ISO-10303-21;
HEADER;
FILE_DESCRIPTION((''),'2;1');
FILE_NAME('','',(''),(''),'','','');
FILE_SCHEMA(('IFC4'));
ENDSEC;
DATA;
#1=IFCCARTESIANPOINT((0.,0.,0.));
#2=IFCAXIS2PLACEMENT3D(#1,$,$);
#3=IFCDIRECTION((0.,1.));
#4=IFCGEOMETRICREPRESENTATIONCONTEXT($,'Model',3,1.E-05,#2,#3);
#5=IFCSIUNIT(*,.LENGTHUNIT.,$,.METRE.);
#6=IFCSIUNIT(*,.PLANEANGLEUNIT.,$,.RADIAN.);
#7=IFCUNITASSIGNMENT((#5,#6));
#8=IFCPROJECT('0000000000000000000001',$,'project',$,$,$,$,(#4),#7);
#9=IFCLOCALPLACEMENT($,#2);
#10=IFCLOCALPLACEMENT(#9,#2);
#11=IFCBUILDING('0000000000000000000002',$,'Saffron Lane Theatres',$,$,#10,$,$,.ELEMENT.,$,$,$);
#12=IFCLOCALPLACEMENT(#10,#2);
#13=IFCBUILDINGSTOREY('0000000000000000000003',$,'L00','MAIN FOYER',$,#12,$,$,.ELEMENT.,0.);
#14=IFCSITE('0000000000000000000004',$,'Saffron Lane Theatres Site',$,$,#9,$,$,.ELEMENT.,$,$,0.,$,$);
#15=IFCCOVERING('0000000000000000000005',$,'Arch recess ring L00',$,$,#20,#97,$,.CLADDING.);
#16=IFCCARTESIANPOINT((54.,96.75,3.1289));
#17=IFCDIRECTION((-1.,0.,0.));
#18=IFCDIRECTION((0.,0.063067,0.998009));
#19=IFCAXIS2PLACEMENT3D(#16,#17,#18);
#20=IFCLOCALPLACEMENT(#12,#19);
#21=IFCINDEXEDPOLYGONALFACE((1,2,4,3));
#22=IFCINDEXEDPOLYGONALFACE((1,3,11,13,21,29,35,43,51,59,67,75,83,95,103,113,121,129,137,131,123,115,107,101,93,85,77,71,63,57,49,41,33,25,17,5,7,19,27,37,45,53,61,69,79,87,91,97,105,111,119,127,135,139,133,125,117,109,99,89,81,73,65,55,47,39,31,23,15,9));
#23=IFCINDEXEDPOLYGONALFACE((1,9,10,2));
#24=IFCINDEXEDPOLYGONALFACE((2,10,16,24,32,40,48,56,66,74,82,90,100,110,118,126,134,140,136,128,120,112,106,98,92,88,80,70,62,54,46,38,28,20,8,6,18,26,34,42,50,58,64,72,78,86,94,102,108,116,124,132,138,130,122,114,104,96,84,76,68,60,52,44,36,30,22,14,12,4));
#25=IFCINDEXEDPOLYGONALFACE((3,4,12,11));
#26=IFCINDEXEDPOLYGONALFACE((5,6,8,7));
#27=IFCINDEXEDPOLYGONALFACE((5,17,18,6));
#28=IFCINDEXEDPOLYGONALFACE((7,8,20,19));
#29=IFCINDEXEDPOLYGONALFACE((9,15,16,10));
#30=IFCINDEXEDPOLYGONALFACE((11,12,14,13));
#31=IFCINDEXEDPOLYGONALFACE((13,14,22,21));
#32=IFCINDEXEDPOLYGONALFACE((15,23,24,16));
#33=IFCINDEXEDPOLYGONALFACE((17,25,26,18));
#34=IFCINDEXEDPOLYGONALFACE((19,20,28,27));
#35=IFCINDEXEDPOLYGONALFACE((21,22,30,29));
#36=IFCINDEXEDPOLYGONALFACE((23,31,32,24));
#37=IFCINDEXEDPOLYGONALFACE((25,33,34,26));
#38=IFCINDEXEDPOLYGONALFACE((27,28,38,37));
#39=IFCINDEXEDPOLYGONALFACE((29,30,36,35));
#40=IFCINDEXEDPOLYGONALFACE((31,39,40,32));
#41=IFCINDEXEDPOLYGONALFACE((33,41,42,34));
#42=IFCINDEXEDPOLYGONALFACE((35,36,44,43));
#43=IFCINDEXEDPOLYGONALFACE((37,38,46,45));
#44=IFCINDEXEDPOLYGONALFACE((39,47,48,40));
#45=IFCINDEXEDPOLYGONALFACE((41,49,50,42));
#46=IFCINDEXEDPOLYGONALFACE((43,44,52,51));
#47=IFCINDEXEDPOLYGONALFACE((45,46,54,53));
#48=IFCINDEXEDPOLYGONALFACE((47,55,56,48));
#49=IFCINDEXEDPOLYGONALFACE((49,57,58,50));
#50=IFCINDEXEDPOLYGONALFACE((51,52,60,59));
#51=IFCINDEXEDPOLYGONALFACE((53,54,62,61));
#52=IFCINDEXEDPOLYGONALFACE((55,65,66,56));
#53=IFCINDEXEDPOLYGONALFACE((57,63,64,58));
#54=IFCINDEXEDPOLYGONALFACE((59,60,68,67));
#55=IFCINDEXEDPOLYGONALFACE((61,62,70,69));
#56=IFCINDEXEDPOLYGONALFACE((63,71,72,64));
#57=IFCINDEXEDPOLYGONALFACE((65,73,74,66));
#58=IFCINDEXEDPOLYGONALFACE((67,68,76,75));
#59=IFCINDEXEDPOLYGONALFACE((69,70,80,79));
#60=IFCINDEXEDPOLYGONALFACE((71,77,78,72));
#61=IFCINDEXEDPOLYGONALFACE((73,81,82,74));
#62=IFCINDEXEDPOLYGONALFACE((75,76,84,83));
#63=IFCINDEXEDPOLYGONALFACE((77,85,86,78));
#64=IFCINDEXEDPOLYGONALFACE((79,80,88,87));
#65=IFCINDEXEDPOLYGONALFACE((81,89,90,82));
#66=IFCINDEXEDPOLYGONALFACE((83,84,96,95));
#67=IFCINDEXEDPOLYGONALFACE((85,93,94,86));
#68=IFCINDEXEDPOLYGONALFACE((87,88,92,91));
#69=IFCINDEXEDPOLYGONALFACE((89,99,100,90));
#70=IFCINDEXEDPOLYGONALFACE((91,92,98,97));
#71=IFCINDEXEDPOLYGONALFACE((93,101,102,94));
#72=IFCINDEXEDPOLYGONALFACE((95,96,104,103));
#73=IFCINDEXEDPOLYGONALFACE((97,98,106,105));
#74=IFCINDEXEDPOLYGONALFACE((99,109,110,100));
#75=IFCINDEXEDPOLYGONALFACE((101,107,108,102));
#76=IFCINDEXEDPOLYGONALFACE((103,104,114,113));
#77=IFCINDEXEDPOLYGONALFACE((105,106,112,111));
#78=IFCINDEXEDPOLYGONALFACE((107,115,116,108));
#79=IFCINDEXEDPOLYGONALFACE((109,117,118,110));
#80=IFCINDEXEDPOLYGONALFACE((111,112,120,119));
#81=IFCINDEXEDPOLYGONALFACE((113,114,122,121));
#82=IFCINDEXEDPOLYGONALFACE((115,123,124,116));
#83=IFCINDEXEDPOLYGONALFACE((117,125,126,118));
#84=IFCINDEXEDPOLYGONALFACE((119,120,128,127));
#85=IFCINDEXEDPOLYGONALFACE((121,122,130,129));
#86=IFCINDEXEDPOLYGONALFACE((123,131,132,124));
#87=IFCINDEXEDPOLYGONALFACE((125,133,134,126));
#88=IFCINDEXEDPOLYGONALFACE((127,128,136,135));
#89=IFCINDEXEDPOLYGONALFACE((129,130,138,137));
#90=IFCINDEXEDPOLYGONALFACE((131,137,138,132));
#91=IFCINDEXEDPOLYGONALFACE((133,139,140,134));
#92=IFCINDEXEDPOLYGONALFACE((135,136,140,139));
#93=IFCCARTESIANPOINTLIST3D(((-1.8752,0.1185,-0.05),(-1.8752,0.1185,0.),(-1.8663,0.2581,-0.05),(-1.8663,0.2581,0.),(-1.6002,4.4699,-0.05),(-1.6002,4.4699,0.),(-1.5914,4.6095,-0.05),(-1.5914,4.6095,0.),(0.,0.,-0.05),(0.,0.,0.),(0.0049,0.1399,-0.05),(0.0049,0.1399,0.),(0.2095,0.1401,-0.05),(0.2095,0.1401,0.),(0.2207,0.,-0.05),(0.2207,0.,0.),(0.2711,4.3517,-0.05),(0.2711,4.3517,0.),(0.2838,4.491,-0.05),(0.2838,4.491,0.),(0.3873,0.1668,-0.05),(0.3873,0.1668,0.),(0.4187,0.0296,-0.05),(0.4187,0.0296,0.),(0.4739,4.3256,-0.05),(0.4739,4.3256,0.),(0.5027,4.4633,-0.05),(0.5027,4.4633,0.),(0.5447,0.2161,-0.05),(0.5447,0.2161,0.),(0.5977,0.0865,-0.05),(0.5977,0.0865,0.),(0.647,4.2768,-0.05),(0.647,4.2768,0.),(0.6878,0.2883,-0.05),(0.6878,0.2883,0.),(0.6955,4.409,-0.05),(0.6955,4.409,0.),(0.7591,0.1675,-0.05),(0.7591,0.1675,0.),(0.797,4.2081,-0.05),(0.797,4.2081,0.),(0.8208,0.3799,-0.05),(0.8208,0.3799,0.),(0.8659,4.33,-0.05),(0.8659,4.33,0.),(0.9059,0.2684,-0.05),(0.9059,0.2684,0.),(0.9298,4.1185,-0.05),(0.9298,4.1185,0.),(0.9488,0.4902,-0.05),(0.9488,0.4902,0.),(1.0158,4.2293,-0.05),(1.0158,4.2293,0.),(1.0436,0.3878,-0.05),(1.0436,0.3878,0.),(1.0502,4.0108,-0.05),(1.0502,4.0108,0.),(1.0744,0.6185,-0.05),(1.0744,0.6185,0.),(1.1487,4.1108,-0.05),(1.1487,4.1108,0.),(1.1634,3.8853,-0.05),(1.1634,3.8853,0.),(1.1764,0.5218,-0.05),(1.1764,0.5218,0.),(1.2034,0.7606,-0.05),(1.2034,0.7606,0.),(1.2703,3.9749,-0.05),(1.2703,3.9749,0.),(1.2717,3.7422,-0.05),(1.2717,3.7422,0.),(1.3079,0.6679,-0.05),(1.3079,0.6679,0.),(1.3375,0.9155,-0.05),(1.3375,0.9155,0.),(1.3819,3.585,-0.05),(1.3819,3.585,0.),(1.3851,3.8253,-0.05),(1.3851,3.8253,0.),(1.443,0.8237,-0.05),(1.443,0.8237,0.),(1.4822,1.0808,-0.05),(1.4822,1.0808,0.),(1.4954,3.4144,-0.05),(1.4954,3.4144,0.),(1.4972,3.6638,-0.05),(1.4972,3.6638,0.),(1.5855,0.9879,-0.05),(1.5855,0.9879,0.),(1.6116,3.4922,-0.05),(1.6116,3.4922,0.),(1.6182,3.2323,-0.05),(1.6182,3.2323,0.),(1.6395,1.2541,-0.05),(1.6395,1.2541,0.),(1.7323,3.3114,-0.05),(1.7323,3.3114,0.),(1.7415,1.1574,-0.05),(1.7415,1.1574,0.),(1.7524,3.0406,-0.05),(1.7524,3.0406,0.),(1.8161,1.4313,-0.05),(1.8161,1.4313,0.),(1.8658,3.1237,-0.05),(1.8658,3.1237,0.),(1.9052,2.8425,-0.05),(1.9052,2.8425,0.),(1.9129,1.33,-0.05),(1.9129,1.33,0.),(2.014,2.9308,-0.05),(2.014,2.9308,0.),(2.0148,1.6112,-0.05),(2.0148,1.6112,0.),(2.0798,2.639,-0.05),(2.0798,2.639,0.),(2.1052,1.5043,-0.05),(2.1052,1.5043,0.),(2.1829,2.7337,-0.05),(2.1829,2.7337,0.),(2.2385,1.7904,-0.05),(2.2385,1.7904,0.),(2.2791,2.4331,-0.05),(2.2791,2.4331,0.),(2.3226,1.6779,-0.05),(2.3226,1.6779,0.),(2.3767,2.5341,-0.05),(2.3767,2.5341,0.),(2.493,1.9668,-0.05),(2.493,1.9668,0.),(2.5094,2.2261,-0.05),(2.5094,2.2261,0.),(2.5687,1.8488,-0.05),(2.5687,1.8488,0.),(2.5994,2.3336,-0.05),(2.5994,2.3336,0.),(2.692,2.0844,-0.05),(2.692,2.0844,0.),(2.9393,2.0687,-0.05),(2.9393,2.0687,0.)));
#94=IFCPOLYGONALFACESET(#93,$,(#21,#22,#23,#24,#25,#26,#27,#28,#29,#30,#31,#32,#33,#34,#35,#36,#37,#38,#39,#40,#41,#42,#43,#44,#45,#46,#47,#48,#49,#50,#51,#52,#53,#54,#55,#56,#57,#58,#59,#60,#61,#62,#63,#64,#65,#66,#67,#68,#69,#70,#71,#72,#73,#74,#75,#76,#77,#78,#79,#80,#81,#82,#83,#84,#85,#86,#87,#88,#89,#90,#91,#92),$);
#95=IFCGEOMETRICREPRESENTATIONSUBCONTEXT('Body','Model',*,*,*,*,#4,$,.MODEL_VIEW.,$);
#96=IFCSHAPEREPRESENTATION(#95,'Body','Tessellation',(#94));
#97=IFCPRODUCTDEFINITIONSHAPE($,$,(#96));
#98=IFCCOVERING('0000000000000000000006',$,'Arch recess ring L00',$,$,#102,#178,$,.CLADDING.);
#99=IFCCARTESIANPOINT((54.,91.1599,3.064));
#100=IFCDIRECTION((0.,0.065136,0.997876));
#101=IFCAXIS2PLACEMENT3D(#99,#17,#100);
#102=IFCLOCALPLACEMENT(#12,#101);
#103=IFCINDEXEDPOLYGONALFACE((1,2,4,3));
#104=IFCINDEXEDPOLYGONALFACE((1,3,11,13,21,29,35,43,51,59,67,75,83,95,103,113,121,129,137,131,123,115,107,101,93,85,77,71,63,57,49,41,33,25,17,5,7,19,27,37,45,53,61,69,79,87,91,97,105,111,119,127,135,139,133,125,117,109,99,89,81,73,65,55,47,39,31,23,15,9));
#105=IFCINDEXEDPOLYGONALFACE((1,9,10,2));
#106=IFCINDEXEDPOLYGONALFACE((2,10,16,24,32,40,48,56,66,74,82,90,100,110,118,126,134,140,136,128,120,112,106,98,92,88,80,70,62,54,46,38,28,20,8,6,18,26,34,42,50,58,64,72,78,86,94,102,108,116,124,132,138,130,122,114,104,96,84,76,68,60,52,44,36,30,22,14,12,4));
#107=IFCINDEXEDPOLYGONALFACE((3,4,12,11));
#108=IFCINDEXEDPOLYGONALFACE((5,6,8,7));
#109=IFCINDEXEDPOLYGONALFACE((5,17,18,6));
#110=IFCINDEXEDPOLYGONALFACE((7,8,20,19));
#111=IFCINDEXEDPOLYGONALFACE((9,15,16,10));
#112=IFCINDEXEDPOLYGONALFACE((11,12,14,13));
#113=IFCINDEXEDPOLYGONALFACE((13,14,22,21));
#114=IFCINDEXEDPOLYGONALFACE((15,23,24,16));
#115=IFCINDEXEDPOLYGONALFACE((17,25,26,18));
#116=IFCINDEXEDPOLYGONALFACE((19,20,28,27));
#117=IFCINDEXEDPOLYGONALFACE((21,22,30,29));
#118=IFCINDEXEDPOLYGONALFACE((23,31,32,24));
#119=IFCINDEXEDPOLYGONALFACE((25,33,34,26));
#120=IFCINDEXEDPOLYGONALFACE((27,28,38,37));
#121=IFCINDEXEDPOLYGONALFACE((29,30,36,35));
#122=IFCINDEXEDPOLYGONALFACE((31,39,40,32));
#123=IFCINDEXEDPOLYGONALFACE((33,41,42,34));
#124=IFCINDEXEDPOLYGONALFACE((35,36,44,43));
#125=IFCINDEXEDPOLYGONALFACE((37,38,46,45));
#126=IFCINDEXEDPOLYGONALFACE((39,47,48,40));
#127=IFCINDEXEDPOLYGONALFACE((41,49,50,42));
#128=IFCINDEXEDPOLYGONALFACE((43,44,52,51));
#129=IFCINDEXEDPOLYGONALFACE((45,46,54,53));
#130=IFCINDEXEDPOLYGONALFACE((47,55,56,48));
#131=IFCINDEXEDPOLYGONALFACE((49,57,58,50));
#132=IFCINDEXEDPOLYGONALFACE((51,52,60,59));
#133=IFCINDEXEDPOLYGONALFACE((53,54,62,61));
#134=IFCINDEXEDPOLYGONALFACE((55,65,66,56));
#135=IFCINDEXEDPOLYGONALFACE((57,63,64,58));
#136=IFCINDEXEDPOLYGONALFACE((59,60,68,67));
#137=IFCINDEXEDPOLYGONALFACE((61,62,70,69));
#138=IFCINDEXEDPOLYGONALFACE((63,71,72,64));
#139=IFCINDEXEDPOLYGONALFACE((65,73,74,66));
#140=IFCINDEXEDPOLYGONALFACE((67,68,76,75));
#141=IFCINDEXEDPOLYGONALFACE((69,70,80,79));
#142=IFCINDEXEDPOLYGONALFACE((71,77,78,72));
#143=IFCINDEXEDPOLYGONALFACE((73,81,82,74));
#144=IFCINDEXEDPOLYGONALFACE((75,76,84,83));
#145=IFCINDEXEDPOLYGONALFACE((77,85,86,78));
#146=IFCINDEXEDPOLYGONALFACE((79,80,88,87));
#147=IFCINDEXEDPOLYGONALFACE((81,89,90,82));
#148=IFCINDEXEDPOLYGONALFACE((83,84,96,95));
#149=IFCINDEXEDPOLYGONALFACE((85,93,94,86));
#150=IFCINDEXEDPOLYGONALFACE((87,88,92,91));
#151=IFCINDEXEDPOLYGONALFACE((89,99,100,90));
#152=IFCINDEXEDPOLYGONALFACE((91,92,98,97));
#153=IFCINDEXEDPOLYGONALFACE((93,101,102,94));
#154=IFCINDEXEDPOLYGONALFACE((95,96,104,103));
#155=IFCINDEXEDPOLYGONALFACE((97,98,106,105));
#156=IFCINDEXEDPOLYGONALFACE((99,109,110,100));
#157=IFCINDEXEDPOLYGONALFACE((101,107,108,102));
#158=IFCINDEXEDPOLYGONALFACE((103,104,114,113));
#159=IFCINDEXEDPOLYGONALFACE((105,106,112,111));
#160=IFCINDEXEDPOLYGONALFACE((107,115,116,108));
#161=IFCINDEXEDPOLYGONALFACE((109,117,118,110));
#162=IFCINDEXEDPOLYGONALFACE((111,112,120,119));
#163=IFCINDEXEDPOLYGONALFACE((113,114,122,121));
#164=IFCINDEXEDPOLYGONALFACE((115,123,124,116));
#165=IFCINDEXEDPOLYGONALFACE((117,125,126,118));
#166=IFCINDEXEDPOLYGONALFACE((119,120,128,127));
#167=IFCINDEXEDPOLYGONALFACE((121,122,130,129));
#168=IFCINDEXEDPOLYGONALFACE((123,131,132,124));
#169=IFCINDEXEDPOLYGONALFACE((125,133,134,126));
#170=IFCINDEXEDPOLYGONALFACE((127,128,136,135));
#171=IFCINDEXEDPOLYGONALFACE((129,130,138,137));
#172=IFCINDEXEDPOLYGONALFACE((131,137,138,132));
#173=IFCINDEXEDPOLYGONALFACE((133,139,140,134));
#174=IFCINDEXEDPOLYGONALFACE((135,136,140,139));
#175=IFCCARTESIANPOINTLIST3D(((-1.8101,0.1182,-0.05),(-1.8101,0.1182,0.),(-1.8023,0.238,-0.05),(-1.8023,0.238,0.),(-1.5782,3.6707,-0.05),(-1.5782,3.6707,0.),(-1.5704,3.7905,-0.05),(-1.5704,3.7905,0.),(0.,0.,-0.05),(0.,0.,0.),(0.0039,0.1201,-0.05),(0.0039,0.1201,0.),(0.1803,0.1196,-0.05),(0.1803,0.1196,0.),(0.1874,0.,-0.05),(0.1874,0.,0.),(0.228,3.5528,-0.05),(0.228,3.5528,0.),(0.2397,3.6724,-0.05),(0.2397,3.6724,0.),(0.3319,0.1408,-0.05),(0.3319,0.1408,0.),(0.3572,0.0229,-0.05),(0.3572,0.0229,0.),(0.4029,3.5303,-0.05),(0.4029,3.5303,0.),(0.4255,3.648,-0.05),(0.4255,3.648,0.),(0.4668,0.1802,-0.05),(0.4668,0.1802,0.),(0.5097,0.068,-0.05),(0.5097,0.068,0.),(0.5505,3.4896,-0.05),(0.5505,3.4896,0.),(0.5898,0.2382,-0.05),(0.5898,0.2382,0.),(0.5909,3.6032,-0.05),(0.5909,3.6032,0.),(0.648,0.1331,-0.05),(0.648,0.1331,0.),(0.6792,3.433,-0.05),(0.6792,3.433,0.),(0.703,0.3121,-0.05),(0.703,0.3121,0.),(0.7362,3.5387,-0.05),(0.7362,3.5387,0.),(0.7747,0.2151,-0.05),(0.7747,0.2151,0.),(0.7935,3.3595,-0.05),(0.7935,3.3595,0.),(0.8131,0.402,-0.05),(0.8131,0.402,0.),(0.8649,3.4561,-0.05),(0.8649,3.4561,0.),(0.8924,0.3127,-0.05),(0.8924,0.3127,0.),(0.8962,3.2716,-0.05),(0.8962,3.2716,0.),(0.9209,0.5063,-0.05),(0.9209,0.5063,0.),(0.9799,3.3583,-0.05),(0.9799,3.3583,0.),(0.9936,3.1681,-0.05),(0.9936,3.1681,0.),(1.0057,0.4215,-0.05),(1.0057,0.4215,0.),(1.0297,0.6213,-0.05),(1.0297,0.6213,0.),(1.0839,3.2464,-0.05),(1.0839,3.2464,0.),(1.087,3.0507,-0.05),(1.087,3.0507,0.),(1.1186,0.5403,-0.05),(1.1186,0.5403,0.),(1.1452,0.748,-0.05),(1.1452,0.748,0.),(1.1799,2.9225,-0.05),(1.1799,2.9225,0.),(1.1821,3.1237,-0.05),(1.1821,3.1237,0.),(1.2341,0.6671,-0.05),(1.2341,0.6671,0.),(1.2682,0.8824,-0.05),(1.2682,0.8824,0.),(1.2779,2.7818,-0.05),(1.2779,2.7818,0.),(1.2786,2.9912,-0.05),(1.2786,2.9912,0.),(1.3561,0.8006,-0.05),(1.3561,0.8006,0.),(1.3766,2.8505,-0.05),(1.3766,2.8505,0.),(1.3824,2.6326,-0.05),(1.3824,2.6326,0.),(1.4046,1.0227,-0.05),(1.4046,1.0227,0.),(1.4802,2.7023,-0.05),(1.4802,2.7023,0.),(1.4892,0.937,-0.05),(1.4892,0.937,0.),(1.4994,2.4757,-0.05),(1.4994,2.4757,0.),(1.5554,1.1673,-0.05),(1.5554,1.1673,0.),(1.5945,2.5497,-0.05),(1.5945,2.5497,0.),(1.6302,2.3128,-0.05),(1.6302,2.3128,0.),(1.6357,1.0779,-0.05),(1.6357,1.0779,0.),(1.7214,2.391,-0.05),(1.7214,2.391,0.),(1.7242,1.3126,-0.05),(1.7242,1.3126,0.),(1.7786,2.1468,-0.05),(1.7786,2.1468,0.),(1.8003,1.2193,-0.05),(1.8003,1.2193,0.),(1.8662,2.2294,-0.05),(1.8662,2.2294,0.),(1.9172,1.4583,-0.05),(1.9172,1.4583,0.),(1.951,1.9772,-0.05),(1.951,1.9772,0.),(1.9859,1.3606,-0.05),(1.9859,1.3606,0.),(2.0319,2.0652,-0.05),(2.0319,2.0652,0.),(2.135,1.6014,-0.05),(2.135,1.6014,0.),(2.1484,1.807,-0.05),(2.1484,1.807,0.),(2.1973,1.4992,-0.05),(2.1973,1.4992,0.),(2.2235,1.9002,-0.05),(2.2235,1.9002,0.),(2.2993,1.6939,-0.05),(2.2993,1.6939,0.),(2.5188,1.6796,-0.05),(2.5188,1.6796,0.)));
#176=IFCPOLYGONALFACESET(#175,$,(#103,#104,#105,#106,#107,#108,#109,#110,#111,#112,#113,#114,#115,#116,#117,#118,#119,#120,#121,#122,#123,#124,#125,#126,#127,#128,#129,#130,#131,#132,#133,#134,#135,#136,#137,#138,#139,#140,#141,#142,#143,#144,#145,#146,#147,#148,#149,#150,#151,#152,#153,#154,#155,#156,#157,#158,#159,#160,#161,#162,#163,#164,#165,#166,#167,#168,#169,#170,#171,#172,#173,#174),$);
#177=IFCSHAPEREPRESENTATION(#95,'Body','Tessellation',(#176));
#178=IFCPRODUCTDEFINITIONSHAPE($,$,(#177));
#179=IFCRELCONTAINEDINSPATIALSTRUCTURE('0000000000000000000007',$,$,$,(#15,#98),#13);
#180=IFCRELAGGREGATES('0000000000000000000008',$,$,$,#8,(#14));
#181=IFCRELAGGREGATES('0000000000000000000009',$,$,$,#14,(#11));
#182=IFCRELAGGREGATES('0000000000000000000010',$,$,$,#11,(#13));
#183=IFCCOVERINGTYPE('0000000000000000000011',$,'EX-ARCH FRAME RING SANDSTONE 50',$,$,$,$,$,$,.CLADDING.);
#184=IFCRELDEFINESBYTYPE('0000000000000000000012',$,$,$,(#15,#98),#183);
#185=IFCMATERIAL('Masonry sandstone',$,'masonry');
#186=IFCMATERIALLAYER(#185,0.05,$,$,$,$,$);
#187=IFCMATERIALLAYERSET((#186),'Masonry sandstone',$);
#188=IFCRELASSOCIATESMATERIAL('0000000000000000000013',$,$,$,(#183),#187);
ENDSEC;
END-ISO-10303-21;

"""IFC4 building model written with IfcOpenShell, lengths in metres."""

from ifc_helpers import new_model, si_unit, direction, frame, origin, place, context, subcontext, project, spatial, polyline, outline, extrude, material, layer, layer_set, type_object, element, save


model = new_model("IFC4")

# Units and contexts
model_context = context("Model", 3, precision=1e-05, world=origin(), true_north=direction((0.0, 1.0)))
body_context = subcontext(model_context, "Body", "Model", "MODEL_VIEW")
ifc_project = project(units=[si_unit("LENGTHUNIT", "METRE"), si_unit("PLANEANGLEUNIT", "RADIAN")], contexts=[model_context])

# Site, building, storey
site_placement = place(None, origin())
site = spatial("IfcSite", under=ifc_project, at=site_placement, Name="Saffron Lane Theatres Site", CompositionType="ELEMENT", RefElevation=0.0)
building_placement = place(site_placement, origin())
building = spatial("IfcBuilding", under=site, at=building_placement, Name="Saffron Lane Theatres", CompositionType="ELEMENT")
storey_placement = place(building_placement, origin())
storey = spatial("IfcBuildingStorey", under=building, at=storey_placement, Name="L00", Description="MAIN FOYER", CompositionType="ELEMENT", Elevation=0.0)

# Coverings
ifc_material_1 = material(Name="Masonry sandstone", Category="masonry")
ifc_layer_1 = layer(ifc_material_1, 0.05)
ifc_layer_set_1 = layer_set([ifc_layer_1], Name="Masonry sandstone")
covering_type_1 = type_object("IfcCoveringType", Name="EX-ARCH FRAME RING SANDSTONE 50", PredefinedType="CLADDING", material=ifc_layer_set_1)
covering_1_placement = place(storey_placement, frame((54.0, 96.75, 3.1289), z_axis=(-1.0, 0.0, 0.0), x_axis=(0.0, 0.063067, 0.998009)))
element("IfcCovering", 1, at=covering_1_placement, inside=storey, type_object=covering_type_1, Name="Arch recess ring L00", PredefinedType="CLADDING", context=body_context, shape_type="SweptSolid", body=[
    extrude(outline(polyline([(0.0, 0.0), (0.2207, 0.0), (0.4187, 0.0296), (0.5977, 0.0865), (0.7591, 0.1675), (0.9059, 0.2684), (1.0436, 0.3878), (1.1764, 0.5218), (1.3079, 0.6679), (1.443, 0.8237), (1.5855, 0.9879), (1.7415, 1.1574), (1.9129, 1.33), (2.1052, 1.5043), (2.3226, 1.6779), (2.5687, 1.8488), (2.9393, 2.0687), (2.5994, 2.3336), (2.3767, 2.5341), (2.1829, 2.7337), (2.014, 2.9308), (1.8658, 3.1237), (1.7323, 3.3114), (1.6116, 3.4922), (1.4972, 3.6638), (1.3851, 3.8253), (1.2703, 3.9749), (1.1487, 4.1108), (1.0158, 4.2293), (0.8659, 4.33), (0.6955, 4.409), (0.5027, 4.4633), (0.2838, 4.491), (-1.5914, 4.6095), (-1.6002, 4.4699), (0.2711, 4.3517), (0.4739, 4.3256), (0.647, 4.2768), (0.797, 4.2081), (0.9298, 4.1185), (1.0502, 4.0108), (1.1634, 3.8853), (1.2717, 3.7422), (1.3819, 3.585), (1.4954, 3.4144), (1.6182, 3.2323), (1.7524, 3.0406), (1.9052, 2.8425), (2.0798, 2.639), (2.2791, 2.4331), (2.5094, 2.2261), (2.692, 2.0844), (2.493, 1.9668), (2.2385, 1.7904), (2.0148, 1.6112), (1.8161, 1.4313), (1.6395, 1.2541), (1.4822, 1.0808), (1.3375, 0.9155), (1.2034, 0.7606), (1.0744, 0.6185), (0.9488, 0.4902), (0.8208, 0.3799), (0.6878, 0.2883), (0.5447, 0.2161), (0.3873, 0.1668), (0.2095, 0.1401), (0.0049, 0.1399), (-1.8663, 0.2581), (-1.8752, 0.1185), (0.0, 0.0)])), origin(), (0.0, 0.0, -1.0), 0.05),
])
covering_2_placement = place(storey_placement, frame((54.0, 91.1599, 3.064), z_axis=(-1.0, 0.0, 0.0), x_axis=(0.0, 0.065136, 0.997876)))
element("IfcCovering", 2, at=covering_2_placement, inside=storey, type_object=covering_type_1, Name="Arch recess ring L00", PredefinedType="CLADDING", context=body_context, shape_type="SweptSolid", body=[
    extrude(outline(polyline([(0.0, 0.0), (0.1874, 0.0), (0.3572, 0.0229), (0.5097, 0.068), (0.648, 0.1331), (0.7747, 0.2151), (0.8924, 0.3127), (1.0057, 0.4215), (1.1186, 0.5403), (1.2341, 0.6671), (1.3561, 0.8006), (1.4892, 0.937), (1.6357, 1.0779), (1.8003, 1.2193), (1.9859, 1.3606), (2.1973, 1.4992), (2.5188, 1.6796), (2.2235, 1.9002), (2.0319, 2.0652), (1.8662, 2.2294), (1.7214, 2.391), (1.5945, 2.5497), (1.4802, 2.7023), (1.3766, 2.8505), (1.2786, 2.9912), (1.1821, 3.1237), (1.0839, 3.2464), (0.9799, 3.3583), (0.8649, 3.4561), (0.7362, 3.5387), (0.5909, 3.6032), (0.4255, 3.648), (0.2397, 3.6724), (-1.5704, 3.7905), (-1.5782, 3.6707), (0.228, 3.5528), (0.4029, 3.5303), (0.5505, 3.4896), (0.6792, 3.433), (0.7935, 3.3595), (0.8962, 3.2716), (0.9936, 3.1681), (1.087, 3.0507), (1.1799, 2.9225), (1.2779, 2.7818), (1.3824, 2.6326), (1.4994, 2.4757), (1.6302, 2.3128), (1.7786, 2.1468), (1.951, 1.9772), (2.1484, 1.807), (2.2993, 1.6939), (2.135, 1.6014), (1.9172, 1.4583), (1.7242, 1.3126), (1.5554, 1.1673), (1.4046, 1.0227), (1.2682, 0.8824), (1.1452, 0.748), (1.0297, 0.6213), (0.9209, 0.5063), (0.8131, 0.402), (0.703, 0.3121), (0.5898, 0.2382), (0.4668, 0.1802), (0.3319, 0.1408), (0.1803, 0.1196), (0.0039, 0.1201), (-1.8023, 0.238), (-1.8101, 0.1182), (0.0, 0.0)])), origin(), (0.0, 0.0, -1.0), 0.05),
])

save(model, "model.ifc")
